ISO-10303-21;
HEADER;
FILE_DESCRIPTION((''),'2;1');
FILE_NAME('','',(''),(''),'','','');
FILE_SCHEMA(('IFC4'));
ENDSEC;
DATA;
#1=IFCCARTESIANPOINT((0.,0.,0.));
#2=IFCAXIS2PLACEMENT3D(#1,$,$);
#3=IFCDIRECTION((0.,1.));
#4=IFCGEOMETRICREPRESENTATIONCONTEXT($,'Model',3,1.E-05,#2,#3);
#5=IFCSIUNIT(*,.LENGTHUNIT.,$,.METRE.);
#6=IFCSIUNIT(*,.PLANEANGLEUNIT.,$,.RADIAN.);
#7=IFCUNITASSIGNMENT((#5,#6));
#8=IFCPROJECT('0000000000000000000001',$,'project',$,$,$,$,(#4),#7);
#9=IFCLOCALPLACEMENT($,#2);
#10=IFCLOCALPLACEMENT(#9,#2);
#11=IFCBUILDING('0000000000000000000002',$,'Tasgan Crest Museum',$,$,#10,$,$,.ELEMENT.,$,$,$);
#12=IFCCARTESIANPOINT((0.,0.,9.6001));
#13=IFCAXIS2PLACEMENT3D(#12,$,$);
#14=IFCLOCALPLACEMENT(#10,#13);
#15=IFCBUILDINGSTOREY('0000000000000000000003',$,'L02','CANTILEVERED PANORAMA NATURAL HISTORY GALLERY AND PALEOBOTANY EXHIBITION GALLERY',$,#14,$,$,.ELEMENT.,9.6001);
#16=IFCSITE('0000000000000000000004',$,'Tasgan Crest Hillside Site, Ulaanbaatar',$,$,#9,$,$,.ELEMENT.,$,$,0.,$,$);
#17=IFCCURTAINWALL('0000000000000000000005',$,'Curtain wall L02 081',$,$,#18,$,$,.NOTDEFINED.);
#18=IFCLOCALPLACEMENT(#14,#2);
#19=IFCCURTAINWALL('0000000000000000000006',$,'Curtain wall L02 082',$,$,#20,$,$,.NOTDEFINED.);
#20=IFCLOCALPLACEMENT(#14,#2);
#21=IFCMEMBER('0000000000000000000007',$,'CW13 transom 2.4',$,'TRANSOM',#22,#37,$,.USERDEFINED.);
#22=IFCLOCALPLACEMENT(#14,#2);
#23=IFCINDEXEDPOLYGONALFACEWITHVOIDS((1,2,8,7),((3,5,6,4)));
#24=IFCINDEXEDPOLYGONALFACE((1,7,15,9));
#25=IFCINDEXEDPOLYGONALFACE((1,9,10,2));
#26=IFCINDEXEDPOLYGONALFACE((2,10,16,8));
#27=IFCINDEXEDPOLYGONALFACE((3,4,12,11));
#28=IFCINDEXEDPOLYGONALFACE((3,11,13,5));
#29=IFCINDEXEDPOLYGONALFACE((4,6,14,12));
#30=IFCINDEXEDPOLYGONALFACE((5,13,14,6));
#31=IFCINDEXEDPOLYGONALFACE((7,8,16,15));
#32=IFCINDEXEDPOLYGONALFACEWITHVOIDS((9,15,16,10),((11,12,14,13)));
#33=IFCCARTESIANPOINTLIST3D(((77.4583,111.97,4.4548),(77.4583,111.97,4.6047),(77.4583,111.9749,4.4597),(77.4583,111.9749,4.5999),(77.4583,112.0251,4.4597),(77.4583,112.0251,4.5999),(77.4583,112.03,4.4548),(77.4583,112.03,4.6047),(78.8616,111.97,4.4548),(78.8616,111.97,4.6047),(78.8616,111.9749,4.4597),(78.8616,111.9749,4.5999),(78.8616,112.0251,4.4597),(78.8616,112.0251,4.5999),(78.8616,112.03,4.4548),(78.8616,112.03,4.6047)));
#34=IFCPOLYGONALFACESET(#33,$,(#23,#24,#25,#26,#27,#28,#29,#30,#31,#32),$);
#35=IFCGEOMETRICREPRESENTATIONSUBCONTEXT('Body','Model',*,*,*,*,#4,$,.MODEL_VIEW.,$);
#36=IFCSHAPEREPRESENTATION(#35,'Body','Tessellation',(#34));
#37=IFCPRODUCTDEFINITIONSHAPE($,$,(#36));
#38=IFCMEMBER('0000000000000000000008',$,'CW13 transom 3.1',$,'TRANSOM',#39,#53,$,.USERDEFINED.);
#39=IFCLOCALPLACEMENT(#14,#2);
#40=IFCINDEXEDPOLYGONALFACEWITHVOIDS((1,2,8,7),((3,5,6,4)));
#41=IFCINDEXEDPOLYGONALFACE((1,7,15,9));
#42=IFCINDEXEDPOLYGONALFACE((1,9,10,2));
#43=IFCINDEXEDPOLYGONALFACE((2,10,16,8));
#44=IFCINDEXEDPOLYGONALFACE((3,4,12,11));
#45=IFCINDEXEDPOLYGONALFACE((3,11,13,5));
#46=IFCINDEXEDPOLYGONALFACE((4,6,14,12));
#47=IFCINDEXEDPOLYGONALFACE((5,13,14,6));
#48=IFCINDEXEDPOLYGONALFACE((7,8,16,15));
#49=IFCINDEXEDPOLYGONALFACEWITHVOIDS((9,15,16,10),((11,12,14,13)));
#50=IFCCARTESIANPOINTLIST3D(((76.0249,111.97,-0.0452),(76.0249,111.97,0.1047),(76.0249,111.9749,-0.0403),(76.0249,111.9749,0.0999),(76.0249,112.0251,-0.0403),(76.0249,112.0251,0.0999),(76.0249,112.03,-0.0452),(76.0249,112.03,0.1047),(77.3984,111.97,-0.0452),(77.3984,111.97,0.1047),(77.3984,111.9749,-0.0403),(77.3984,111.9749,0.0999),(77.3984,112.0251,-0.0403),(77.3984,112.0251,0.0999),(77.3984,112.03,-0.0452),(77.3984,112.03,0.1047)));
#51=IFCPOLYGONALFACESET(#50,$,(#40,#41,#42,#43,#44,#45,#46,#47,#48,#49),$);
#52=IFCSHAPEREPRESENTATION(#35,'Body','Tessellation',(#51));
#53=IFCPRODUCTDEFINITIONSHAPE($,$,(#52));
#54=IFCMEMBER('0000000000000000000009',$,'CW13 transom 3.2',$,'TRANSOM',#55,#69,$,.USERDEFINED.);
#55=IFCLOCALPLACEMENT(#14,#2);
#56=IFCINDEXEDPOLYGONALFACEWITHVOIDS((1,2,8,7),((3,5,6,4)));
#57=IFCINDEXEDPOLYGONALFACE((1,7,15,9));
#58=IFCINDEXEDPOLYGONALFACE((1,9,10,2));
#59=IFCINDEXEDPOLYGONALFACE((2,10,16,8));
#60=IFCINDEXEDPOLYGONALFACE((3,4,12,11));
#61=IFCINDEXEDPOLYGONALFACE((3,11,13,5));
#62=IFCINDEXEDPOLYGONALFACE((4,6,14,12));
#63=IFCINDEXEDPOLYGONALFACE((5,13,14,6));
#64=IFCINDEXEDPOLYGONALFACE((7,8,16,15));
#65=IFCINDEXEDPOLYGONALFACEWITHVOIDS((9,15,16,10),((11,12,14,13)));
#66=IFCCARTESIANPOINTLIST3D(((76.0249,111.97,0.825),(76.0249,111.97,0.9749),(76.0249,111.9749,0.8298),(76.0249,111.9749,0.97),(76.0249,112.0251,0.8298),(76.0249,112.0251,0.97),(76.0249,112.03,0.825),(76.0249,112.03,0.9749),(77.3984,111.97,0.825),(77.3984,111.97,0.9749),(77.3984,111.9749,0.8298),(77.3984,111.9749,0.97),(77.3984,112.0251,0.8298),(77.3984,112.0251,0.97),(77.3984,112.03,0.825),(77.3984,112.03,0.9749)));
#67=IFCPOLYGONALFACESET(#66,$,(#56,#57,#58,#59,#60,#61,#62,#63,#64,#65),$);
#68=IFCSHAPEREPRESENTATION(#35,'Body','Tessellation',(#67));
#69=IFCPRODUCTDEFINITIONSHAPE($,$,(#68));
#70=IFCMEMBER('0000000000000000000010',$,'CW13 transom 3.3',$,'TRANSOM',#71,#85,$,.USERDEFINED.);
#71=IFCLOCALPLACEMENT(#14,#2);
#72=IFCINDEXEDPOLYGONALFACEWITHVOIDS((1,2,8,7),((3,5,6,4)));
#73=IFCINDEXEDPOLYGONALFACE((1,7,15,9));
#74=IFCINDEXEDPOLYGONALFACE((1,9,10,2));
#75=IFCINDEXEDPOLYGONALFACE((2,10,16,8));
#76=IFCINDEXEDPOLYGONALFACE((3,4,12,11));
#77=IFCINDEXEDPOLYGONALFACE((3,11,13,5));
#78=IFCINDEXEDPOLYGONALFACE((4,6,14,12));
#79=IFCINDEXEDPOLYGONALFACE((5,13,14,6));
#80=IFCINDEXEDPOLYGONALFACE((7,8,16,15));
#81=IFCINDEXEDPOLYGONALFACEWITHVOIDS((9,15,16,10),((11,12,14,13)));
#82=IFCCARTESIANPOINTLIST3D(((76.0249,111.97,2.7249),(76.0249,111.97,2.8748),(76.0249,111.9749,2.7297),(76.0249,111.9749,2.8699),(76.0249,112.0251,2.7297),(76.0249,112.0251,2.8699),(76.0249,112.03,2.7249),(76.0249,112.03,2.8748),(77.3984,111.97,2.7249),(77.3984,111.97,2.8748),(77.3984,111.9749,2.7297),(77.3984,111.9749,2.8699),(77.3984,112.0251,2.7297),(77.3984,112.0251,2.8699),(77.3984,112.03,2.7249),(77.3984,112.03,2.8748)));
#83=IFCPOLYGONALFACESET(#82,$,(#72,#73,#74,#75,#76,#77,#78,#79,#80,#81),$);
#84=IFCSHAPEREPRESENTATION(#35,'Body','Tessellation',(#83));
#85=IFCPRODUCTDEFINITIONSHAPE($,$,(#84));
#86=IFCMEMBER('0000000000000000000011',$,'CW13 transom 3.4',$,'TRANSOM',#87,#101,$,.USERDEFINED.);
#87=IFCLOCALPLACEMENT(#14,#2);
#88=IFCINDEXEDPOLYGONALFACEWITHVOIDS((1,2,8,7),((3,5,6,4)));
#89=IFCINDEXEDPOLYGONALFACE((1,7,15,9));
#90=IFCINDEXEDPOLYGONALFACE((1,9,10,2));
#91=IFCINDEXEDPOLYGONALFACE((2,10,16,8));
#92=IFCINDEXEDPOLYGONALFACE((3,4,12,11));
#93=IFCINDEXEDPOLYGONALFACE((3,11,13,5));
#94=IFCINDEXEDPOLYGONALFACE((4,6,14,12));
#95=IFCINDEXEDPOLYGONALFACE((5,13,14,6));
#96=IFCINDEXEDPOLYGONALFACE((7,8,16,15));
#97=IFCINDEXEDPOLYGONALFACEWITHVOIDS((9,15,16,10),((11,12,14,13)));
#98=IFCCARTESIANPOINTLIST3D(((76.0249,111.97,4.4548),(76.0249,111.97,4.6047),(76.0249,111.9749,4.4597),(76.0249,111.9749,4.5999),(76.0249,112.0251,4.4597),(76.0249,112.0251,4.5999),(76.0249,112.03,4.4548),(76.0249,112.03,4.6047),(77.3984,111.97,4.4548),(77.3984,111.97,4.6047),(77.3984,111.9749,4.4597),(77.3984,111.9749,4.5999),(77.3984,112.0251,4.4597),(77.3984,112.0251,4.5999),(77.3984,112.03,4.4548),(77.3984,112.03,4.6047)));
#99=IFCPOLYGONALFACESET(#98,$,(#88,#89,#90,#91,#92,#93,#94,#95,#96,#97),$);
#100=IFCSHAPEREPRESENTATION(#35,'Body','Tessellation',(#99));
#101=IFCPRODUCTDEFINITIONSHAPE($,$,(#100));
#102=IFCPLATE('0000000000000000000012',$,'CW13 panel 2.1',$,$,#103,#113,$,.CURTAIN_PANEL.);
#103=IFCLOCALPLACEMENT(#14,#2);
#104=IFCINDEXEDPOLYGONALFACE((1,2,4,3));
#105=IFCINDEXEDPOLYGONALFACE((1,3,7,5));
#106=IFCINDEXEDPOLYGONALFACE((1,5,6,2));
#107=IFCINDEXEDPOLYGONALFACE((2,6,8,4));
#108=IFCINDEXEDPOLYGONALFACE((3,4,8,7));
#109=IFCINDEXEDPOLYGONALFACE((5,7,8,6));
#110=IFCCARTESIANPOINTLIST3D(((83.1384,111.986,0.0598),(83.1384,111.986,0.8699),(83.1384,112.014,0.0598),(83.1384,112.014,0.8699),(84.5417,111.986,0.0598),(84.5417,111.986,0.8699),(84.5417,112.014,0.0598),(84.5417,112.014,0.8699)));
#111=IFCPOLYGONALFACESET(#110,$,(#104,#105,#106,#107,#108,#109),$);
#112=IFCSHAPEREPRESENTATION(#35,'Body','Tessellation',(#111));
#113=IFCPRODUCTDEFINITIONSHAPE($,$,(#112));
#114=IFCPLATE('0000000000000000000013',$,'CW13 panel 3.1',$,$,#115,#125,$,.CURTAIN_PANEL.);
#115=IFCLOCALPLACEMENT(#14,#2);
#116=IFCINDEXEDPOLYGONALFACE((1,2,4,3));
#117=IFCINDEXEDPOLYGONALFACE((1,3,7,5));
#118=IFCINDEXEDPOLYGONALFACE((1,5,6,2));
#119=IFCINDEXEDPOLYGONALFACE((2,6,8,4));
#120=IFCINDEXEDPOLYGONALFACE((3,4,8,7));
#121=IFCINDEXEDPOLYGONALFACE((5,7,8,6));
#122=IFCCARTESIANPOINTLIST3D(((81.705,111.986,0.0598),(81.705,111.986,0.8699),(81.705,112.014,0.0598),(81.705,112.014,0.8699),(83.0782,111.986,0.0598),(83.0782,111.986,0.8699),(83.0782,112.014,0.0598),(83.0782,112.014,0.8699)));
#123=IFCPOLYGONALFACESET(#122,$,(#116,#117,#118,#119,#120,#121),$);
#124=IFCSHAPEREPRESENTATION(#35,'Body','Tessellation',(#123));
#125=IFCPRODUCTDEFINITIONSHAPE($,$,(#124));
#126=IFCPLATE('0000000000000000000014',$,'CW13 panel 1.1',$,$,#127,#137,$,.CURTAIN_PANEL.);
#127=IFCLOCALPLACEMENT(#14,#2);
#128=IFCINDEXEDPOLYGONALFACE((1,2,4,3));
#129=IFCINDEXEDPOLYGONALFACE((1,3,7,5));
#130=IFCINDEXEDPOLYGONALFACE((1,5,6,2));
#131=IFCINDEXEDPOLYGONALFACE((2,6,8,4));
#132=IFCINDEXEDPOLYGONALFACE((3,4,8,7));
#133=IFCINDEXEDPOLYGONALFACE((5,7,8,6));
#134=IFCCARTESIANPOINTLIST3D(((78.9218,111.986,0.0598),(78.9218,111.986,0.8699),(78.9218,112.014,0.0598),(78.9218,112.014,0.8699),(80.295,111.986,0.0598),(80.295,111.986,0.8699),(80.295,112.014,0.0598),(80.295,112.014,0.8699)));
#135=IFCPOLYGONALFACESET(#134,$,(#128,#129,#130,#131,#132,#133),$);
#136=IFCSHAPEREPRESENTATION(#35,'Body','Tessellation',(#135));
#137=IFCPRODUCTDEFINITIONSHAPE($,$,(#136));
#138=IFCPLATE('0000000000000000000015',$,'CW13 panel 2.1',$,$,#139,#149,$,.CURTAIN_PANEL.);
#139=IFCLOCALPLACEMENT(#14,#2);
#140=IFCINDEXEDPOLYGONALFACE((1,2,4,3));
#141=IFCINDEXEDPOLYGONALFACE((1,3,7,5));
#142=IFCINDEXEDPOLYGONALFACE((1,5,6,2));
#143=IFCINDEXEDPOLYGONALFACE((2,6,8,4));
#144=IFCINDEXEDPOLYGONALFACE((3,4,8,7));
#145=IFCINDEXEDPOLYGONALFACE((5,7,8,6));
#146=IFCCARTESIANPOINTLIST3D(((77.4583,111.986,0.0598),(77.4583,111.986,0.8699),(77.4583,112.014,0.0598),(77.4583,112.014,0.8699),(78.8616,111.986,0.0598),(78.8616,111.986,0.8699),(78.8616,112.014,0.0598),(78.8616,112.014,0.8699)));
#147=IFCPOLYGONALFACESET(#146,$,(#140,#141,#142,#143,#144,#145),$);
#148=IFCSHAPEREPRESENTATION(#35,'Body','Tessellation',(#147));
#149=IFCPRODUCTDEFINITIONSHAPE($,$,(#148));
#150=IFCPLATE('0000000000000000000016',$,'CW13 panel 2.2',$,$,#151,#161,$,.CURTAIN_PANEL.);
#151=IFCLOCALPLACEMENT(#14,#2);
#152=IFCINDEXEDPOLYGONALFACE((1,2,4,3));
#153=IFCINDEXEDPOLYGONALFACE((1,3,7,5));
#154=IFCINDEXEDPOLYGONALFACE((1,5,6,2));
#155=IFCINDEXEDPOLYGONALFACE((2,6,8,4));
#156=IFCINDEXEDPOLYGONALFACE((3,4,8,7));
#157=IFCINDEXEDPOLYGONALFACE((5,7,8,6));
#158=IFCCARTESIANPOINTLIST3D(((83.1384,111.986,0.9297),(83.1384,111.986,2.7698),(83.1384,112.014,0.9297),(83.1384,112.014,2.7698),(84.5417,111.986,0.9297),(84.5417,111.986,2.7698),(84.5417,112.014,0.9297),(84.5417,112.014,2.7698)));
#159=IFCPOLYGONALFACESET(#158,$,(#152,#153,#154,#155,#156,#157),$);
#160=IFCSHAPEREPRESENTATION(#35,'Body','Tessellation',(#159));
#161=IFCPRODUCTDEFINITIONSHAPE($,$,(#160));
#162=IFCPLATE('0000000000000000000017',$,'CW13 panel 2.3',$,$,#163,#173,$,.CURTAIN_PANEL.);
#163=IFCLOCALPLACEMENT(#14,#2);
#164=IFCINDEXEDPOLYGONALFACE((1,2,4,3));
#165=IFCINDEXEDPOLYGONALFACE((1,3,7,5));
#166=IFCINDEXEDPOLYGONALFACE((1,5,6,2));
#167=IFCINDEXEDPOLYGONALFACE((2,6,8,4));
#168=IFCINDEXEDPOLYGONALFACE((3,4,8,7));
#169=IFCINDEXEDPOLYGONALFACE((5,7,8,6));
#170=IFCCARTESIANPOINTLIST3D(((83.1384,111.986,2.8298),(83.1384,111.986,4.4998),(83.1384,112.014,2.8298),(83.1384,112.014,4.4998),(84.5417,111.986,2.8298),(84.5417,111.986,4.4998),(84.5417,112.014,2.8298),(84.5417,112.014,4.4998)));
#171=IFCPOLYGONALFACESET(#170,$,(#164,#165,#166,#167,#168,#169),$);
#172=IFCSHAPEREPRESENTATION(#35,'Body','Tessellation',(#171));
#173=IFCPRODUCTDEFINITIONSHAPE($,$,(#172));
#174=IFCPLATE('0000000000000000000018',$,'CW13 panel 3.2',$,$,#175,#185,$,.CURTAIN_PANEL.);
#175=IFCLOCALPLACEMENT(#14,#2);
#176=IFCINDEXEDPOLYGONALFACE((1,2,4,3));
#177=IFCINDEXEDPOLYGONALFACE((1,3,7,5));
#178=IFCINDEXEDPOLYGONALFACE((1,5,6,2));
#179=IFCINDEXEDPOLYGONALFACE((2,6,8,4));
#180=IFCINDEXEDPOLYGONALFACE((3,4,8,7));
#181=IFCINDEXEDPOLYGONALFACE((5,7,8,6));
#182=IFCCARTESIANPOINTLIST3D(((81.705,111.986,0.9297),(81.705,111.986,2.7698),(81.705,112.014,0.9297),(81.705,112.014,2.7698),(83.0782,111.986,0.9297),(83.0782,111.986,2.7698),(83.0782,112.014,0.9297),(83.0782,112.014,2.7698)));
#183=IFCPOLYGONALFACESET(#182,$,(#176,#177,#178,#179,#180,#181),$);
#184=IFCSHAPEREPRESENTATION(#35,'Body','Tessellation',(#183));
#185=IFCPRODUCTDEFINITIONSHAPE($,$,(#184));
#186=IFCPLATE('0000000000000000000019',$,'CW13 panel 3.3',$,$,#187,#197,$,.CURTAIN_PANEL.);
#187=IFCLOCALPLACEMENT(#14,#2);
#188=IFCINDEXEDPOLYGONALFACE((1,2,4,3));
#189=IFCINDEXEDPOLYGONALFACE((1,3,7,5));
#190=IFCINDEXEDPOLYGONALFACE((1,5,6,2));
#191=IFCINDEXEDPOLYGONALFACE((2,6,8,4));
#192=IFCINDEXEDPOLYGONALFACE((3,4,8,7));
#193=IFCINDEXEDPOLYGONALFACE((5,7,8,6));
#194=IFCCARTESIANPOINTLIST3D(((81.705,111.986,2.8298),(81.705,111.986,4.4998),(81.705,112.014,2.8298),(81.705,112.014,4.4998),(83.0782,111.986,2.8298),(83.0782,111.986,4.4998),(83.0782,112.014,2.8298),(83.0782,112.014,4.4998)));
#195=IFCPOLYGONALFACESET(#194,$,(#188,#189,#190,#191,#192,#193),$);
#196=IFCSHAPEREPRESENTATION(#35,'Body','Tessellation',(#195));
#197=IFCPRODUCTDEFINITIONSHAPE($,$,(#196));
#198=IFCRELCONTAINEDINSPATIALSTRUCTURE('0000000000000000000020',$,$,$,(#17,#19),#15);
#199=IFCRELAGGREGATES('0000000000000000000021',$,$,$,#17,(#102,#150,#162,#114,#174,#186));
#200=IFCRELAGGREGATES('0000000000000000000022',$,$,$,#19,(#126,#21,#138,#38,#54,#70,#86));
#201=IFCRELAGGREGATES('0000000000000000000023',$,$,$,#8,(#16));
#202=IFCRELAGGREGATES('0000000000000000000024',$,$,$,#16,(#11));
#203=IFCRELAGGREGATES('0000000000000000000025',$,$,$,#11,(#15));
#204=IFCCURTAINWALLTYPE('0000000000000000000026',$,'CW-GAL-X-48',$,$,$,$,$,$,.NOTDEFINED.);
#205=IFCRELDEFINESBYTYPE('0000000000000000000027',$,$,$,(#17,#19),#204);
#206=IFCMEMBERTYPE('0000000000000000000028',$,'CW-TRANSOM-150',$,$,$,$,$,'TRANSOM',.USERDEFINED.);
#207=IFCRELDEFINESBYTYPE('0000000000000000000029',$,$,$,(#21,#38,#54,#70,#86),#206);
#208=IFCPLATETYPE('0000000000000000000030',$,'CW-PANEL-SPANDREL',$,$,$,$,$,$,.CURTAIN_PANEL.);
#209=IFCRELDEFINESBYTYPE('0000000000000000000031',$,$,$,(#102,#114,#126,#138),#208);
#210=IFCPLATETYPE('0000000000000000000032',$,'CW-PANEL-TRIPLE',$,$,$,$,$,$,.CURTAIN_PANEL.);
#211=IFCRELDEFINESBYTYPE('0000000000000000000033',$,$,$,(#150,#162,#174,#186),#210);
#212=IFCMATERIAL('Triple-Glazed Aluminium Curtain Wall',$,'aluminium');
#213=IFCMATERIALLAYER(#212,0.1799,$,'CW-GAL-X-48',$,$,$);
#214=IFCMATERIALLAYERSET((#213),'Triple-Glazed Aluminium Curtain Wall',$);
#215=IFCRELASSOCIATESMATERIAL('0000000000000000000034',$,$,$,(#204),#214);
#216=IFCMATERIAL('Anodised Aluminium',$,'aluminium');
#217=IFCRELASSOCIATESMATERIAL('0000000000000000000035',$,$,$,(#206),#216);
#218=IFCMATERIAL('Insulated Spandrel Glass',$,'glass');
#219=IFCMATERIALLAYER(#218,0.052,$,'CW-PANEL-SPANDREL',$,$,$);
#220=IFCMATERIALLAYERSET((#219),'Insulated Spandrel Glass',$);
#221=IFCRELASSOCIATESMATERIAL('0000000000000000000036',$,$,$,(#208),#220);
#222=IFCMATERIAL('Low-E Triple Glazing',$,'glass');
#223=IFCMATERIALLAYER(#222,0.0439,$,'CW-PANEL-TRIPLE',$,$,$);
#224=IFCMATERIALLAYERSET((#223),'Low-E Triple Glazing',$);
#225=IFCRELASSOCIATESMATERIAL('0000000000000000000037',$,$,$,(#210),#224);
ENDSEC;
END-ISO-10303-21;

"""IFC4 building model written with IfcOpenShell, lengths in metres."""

from ifc_helpers import new_model, si_unit, direction, frame, origin, origin_2d, place, context, subcontext, project, spatial, rectangle, hollow_rectangle, extrude, material, layer, layer_set, material_profile, profile_set, type_object, element, aggregate, save


model = new_model("IFC4")

# Units and contexts
model_context = context("Model", 3, precision=1e-05, world=origin(), true_north=direction((0.0, 1.0)))
body_context = subcontext(model_context, "Body", "Model", "MODEL_VIEW")
ifc_project = project(units=[si_unit("LENGTHUNIT", "METRE"), si_unit("PLANEANGLEUNIT", "RADIAN")], contexts=[model_context])

# Site, building, storey
site_placement = place(None, origin())
site = spatial("IfcSite", under=ifc_project, at=site_placement, Name="Tasgan Crest Hillside Site, Ulaanbaatar", CompositionType="ELEMENT", RefElevation=0.0)
building_placement = place(site_placement, origin())
building = spatial("IfcBuilding", under=site, at=building_placement, Name="Tasgan Crest Museum", CompositionType="ELEMENT")
storey_placement = place(building_placement, frame((0.0, 0.0, 9.6001)))
storey = spatial("IfcBuildingStorey", under=building, at=storey_placement, Name="L02", Description="CANTILEVERED PANORAMA NATURAL HISTORY GALLERY AND PALEOBOTANY EXHIBITION GALLERY", CompositionType="ELEMENT", Elevation=9.6001)

# Curtain walls
ifc_material_1 = material(Name="Triple-Glazed Aluminium Curtain Wall", Category="aluminium")
ifc_layer_1 = layer(ifc_material_1, 0.1799, Name="CW-GAL-X-48")
ifc_layer_set_1 = layer_set([ifc_layer_1], Name="Triple-Glazed Aluminium Curtain Wall")
curtain_wall_type = type_object("IfcCurtainWallType", Name="CW-GAL-X-48", PredefinedType="NOTDEFINED", material=ifc_layer_set_1)
curtain_wall_1_placement = place(storey_placement, origin())
curtain_wall_1 = element("IfcCurtainWall", 1, at=curtain_wall_1_placement, inside=storey, type_object=curtain_wall_type, Name="Curtain wall L02 081", PredefinedType="NOTDEFINED")
curtain_wall_2_placement = place(storey_placement, origin())
curtain_wall_2 = element("IfcCurtainWall", 2, at=curtain_wall_2_placement, inside=storey, type_object=curtain_wall_type, Name="Curtain wall L02 082", PredefinedType="NOTDEFINED")

# Members
ifc_material_2 = material(Name="Anodised Aluminium", Category="aluminium")
ifc_material_profile_1 = material_profile(ifc_material_2, hollow_rectangle(XDim=0.0601, YDim=0.1499, WallThickness=0.0049, at=origin_2d()), Name="ALU TRANSOM 150x60x5")
ifc_profile_set_1 = profile_set([ifc_material_profile_1], Name="Anodised Aluminium")
member_type_1 = type_object("IfcMemberType", Name="CW-TRANSOM-150", ElementType="TRANSOM", PredefinedType="USERDEFINED", material=ifc_profile_set_1)
member_1_placement = place(storey_placement, frame((78.8616, 112.0, 4.5298), z_axis=(-1.0, 0.0, 0.0), x_axis=(0.0, -1.0, 0.0)))
member_1 = element("IfcMember", 3, at=member_1_placement, type_object=member_type_1, Name="CW13 transom 2.4", ObjectType="TRANSOM", PredefinedType="USERDEFINED", context=body_context, shape_type="SweptSolid", body=[
    extrude(hollow_rectangle(XDim=0.0601, YDim=0.1499, WallThickness=0.0049, at=origin_2d()), origin(), (0.0, 0.0, 1.0), 1.4033),
])
member_2_placement = place(storey_placement, frame((77.3984, 112.0, 0.0298), z_axis=(-1.0, 0.0, 0.0), x_axis=(0.0, -1.0, 0.0)))
member_2 = element("IfcMember", 4, at=member_2_placement, type_object=member_type_1, Name="CW13 transom 3.1", ObjectType="TRANSOM", PredefinedType="USERDEFINED", context=body_context, shape_type="SweptSolid", body=[
    extrude(hollow_rectangle(XDim=0.0601, YDim=0.1499, WallThickness=0.0049, at=origin_2d()), origin(), (0.0, 0.0, 1.0), 1.3735),
])
member_3_placement = place(storey_placement, frame((77.3984, 112.0, 0.8999), z_axis=(-1.0, 0.0, 0.0), x_axis=(0.0, -1.0, 0.0)))
member_3 = element("IfcMember", 5, at=member_3_placement, type_object=member_type_1, Name="CW13 transom 3.2", ObjectType="TRANSOM", PredefinedType="USERDEFINED", context=body_context, shape_type="SweptSolid", body=[
    extrude(hollow_rectangle(XDim=0.0601, YDim=0.1499, WallThickness=0.0049, at=origin_2d()), origin(), (0.0, 0.0, 1.0), 1.3735),
])
member_4_placement = place(storey_placement, frame((77.3984, 112.0, 2.7998), z_axis=(-1.0, 0.0, 0.0), x_axis=(0.0, -1.0, 0.0)))
member_4 = element("IfcMember", 6, at=member_4_placement, type_object=member_type_1, Name="CW13 transom 3.3", ObjectType="TRANSOM", PredefinedType="USERDEFINED", context=body_context, shape_type="SweptSolid", body=[
    extrude(hollow_rectangle(XDim=0.0601, YDim=0.1499, WallThickness=0.0049, at=origin_2d()), origin(), (0.0, 0.0, 1.0), 1.3735),
])
member_5_placement = place(storey_placement, frame((77.3984, 112.0, 4.5298), z_axis=(-1.0, 0.0, 0.0), x_axis=(0.0, -1.0, 0.0)))
member_5 = element("IfcMember", 7, at=member_5_placement, type_object=member_type_1, Name="CW13 transom 3.4", ObjectType="TRANSOM", PredefinedType="USERDEFINED", context=body_context, shape_type="SweptSolid", body=[
    extrude(hollow_rectangle(XDim=0.0601, YDim=0.1499, WallThickness=0.0049, at=origin_2d()), origin(), (0.0, 0.0, 1.0), 1.3735),
])

# Plates
ifc_material_3 = material(Name="Insulated Spandrel Glass", Category="glass")
ifc_layer_2 = layer(ifc_material_3, 0.052, Name="CW-PANEL-SPANDREL")
ifc_layer_set_2 = layer_set([ifc_layer_2], Name="Insulated Spandrel Glass")
plate_type_1 = type_object("IfcPlateType", Name="CW-PANEL-SPANDREL", PredefinedType="CURTAIN_PANEL", material=ifc_layer_set_2)
plate_1_placement = place(storey_placement, frame((83.8401, 112.0, 0.0598), z_axis=(0.0, 0.0, 1.0), x_axis=(-1.0, 0.0, 0.0)))
plate_1 = element("IfcPlate", 8, at=plate_1_placement, type_object=plate_type_1, Name="CW13 panel 2.1", PredefinedType="CURTAIN_PANEL", context=body_context, shape_type="SweptSolid", body=[
    extrude(rectangle(XDim=1.4033, YDim=0.0281, at=origin_2d()), origin(), (0.0, 0.0, 1.0), 0.8101),
])
plate_2_placement = place(storey_placement, frame((82.3916, 112.0, 0.0598), z_axis=(0.0, 0.0, 1.0), x_axis=(-1.0, 0.0, 0.0)))
plate_2 = element("IfcPlate", 9, at=plate_2_placement, type_object=plate_type_1, Name="CW13 panel 3.1", PredefinedType="CURTAIN_PANEL", context=body_context, shape_type="SweptSolid", body=[
    extrude(rectangle(XDim=1.3733, YDim=0.0281, at=origin_2d()), origin(), (0.0, 0.0, 1.0), 0.8101),
])
plate_3_placement = place(storey_placement, frame((79.6084, 112.0, 0.0598), z_axis=(0.0, 0.0, 1.0), x_axis=(-1.0, 0.0, 0.0)))
plate_3 = element("IfcPlate", 10, at=plate_3_placement, type_object=plate_type_1, Name="CW13 panel 1.1", PredefinedType="CURTAIN_PANEL", context=body_context, shape_type="SweptSolid", body=[
    extrude(rectangle(XDim=1.3733, YDim=0.0281, at=origin_2d()), origin(), (0.0, 0.0, 1.0), 0.8101),
])
plate_4_placement = place(storey_placement, frame((78.1599, 112.0, 0.0598), z_axis=(0.0, 0.0, 1.0), x_axis=(-1.0, 0.0, 0.0)))
plate_4 = element("IfcPlate", 11, at=plate_4_placement, type_object=plate_type_1, Name="CW13 panel 2.1", PredefinedType="CURTAIN_PANEL", context=body_context, shape_type="SweptSolid", body=[
    extrude(rectangle(XDim=1.4033, YDim=0.0281, at=origin_2d()), origin(), (0.0, 0.0, 1.0), 0.8101),
])
ifc_material_4 = material(Name="Low-E Triple Glazing", Category="glass")
ifc_layer_3 = layer(ifc_material_4, 0.0439, Name="CW-PANEL-TRIPLE")
ifc_layer_set_3 = layer_set([ifc_layer_3], Name="Low-E Triple Glazing")
plate_type_2 = type_object("IfcPlateType", Name="CW-PANEL-TRIPLE", PredefinedType="CURTAIN_PANEL", material=ifc_layer_set_3)
plate_5_placement = place(storey_placement, frame((83.8401, 112.0, 0.9297), z_axis=(0.0, 0.0, 1.0), x_axis=(-1.0, 0.0, 0.0)))
plate_5 = element("IfcPlate", 12, at=plate_5_placement, type_object=plate_type_2, Name="CW13 panel 2.2", PredefinedType="CURTAIN_PANEL", context=body_context, shape_type="SweptSolid", body=[
    extrude(rectangle(XDim=1.4033, YDim=0.0281, at=origin_2d()), origin(), (0.0, 0.0, 1.0), 1.8401),
])
plate_6_placement = place(storey_placement, frame((83.8401, 112.0, 2.8298), z_axis=(0.0, 0.0, 1.0), x_axis=(-1.0, 0.0, 0.0)))
plate_6 = element("IfcPlate", 13, at=plate_6_placement, type_object=plate_type_2, Name="CW13 panel 2.3", PredefinedType="CURTAIN_PANEL", context=body_context, shape_type="SweptSolid", body=[
    extrude(rectangle(XDim=1.4033, YDim=0.0281, at=origin_2d()), origin(), (0.0, 0.0, 1.0), 1.6699),
])
plate_7_placement = place(storey_placement, frame((82.3916, 112.0, 0.9297), z_axis=(0.0, 0.0, 1.0), x_axis=(-1.0, 0.0, 0.0)))
plate_7 = element("IfcPlate", 14, at=plate_7_placement, type_object=plate_type_2, Name="CW13 panel 3.2", PredefinedType="CURTAIN_PANEL", context=body_context, shape_type="SweptSolid", body=[
    extrude(rectangle(XDim=1.3733, YDim=0.0281, at=origin_2d()), origin(), (0.0, 0.0, 1.0), 1.8401),
])
plate_8_placement = place(storey_placement, frame((82.3916, 112.0, 2.8298), z_axis=(0.0, 0.0, 1.0), x_axis=(-1.0, 0.0, 0.0)))
plate_8 = element("IfcPlate", 15, at=plate_8_placement, type_object=plate_type_2, Name="CW13 panel 3.3", PredefinedType="CURTAIN_PANEL", context=body_context, shape_type="SweptSolid", body=[
    extrude(rectangle(XDim=1.3733, YDim=0.0281, at=origin_2d()), origin(), (0.0, 0.0, 1.0), 1.6699),
])
aggregate(curtain_wall_1, [plate_1, plate_5, plate_6, plate_2, plate_7, plate_8])
aggregate(curtain_wall_2, [plate_3, member_1, plate_4, member_2, member_3, member_4, member_5])

save(model, "model.ifc")
